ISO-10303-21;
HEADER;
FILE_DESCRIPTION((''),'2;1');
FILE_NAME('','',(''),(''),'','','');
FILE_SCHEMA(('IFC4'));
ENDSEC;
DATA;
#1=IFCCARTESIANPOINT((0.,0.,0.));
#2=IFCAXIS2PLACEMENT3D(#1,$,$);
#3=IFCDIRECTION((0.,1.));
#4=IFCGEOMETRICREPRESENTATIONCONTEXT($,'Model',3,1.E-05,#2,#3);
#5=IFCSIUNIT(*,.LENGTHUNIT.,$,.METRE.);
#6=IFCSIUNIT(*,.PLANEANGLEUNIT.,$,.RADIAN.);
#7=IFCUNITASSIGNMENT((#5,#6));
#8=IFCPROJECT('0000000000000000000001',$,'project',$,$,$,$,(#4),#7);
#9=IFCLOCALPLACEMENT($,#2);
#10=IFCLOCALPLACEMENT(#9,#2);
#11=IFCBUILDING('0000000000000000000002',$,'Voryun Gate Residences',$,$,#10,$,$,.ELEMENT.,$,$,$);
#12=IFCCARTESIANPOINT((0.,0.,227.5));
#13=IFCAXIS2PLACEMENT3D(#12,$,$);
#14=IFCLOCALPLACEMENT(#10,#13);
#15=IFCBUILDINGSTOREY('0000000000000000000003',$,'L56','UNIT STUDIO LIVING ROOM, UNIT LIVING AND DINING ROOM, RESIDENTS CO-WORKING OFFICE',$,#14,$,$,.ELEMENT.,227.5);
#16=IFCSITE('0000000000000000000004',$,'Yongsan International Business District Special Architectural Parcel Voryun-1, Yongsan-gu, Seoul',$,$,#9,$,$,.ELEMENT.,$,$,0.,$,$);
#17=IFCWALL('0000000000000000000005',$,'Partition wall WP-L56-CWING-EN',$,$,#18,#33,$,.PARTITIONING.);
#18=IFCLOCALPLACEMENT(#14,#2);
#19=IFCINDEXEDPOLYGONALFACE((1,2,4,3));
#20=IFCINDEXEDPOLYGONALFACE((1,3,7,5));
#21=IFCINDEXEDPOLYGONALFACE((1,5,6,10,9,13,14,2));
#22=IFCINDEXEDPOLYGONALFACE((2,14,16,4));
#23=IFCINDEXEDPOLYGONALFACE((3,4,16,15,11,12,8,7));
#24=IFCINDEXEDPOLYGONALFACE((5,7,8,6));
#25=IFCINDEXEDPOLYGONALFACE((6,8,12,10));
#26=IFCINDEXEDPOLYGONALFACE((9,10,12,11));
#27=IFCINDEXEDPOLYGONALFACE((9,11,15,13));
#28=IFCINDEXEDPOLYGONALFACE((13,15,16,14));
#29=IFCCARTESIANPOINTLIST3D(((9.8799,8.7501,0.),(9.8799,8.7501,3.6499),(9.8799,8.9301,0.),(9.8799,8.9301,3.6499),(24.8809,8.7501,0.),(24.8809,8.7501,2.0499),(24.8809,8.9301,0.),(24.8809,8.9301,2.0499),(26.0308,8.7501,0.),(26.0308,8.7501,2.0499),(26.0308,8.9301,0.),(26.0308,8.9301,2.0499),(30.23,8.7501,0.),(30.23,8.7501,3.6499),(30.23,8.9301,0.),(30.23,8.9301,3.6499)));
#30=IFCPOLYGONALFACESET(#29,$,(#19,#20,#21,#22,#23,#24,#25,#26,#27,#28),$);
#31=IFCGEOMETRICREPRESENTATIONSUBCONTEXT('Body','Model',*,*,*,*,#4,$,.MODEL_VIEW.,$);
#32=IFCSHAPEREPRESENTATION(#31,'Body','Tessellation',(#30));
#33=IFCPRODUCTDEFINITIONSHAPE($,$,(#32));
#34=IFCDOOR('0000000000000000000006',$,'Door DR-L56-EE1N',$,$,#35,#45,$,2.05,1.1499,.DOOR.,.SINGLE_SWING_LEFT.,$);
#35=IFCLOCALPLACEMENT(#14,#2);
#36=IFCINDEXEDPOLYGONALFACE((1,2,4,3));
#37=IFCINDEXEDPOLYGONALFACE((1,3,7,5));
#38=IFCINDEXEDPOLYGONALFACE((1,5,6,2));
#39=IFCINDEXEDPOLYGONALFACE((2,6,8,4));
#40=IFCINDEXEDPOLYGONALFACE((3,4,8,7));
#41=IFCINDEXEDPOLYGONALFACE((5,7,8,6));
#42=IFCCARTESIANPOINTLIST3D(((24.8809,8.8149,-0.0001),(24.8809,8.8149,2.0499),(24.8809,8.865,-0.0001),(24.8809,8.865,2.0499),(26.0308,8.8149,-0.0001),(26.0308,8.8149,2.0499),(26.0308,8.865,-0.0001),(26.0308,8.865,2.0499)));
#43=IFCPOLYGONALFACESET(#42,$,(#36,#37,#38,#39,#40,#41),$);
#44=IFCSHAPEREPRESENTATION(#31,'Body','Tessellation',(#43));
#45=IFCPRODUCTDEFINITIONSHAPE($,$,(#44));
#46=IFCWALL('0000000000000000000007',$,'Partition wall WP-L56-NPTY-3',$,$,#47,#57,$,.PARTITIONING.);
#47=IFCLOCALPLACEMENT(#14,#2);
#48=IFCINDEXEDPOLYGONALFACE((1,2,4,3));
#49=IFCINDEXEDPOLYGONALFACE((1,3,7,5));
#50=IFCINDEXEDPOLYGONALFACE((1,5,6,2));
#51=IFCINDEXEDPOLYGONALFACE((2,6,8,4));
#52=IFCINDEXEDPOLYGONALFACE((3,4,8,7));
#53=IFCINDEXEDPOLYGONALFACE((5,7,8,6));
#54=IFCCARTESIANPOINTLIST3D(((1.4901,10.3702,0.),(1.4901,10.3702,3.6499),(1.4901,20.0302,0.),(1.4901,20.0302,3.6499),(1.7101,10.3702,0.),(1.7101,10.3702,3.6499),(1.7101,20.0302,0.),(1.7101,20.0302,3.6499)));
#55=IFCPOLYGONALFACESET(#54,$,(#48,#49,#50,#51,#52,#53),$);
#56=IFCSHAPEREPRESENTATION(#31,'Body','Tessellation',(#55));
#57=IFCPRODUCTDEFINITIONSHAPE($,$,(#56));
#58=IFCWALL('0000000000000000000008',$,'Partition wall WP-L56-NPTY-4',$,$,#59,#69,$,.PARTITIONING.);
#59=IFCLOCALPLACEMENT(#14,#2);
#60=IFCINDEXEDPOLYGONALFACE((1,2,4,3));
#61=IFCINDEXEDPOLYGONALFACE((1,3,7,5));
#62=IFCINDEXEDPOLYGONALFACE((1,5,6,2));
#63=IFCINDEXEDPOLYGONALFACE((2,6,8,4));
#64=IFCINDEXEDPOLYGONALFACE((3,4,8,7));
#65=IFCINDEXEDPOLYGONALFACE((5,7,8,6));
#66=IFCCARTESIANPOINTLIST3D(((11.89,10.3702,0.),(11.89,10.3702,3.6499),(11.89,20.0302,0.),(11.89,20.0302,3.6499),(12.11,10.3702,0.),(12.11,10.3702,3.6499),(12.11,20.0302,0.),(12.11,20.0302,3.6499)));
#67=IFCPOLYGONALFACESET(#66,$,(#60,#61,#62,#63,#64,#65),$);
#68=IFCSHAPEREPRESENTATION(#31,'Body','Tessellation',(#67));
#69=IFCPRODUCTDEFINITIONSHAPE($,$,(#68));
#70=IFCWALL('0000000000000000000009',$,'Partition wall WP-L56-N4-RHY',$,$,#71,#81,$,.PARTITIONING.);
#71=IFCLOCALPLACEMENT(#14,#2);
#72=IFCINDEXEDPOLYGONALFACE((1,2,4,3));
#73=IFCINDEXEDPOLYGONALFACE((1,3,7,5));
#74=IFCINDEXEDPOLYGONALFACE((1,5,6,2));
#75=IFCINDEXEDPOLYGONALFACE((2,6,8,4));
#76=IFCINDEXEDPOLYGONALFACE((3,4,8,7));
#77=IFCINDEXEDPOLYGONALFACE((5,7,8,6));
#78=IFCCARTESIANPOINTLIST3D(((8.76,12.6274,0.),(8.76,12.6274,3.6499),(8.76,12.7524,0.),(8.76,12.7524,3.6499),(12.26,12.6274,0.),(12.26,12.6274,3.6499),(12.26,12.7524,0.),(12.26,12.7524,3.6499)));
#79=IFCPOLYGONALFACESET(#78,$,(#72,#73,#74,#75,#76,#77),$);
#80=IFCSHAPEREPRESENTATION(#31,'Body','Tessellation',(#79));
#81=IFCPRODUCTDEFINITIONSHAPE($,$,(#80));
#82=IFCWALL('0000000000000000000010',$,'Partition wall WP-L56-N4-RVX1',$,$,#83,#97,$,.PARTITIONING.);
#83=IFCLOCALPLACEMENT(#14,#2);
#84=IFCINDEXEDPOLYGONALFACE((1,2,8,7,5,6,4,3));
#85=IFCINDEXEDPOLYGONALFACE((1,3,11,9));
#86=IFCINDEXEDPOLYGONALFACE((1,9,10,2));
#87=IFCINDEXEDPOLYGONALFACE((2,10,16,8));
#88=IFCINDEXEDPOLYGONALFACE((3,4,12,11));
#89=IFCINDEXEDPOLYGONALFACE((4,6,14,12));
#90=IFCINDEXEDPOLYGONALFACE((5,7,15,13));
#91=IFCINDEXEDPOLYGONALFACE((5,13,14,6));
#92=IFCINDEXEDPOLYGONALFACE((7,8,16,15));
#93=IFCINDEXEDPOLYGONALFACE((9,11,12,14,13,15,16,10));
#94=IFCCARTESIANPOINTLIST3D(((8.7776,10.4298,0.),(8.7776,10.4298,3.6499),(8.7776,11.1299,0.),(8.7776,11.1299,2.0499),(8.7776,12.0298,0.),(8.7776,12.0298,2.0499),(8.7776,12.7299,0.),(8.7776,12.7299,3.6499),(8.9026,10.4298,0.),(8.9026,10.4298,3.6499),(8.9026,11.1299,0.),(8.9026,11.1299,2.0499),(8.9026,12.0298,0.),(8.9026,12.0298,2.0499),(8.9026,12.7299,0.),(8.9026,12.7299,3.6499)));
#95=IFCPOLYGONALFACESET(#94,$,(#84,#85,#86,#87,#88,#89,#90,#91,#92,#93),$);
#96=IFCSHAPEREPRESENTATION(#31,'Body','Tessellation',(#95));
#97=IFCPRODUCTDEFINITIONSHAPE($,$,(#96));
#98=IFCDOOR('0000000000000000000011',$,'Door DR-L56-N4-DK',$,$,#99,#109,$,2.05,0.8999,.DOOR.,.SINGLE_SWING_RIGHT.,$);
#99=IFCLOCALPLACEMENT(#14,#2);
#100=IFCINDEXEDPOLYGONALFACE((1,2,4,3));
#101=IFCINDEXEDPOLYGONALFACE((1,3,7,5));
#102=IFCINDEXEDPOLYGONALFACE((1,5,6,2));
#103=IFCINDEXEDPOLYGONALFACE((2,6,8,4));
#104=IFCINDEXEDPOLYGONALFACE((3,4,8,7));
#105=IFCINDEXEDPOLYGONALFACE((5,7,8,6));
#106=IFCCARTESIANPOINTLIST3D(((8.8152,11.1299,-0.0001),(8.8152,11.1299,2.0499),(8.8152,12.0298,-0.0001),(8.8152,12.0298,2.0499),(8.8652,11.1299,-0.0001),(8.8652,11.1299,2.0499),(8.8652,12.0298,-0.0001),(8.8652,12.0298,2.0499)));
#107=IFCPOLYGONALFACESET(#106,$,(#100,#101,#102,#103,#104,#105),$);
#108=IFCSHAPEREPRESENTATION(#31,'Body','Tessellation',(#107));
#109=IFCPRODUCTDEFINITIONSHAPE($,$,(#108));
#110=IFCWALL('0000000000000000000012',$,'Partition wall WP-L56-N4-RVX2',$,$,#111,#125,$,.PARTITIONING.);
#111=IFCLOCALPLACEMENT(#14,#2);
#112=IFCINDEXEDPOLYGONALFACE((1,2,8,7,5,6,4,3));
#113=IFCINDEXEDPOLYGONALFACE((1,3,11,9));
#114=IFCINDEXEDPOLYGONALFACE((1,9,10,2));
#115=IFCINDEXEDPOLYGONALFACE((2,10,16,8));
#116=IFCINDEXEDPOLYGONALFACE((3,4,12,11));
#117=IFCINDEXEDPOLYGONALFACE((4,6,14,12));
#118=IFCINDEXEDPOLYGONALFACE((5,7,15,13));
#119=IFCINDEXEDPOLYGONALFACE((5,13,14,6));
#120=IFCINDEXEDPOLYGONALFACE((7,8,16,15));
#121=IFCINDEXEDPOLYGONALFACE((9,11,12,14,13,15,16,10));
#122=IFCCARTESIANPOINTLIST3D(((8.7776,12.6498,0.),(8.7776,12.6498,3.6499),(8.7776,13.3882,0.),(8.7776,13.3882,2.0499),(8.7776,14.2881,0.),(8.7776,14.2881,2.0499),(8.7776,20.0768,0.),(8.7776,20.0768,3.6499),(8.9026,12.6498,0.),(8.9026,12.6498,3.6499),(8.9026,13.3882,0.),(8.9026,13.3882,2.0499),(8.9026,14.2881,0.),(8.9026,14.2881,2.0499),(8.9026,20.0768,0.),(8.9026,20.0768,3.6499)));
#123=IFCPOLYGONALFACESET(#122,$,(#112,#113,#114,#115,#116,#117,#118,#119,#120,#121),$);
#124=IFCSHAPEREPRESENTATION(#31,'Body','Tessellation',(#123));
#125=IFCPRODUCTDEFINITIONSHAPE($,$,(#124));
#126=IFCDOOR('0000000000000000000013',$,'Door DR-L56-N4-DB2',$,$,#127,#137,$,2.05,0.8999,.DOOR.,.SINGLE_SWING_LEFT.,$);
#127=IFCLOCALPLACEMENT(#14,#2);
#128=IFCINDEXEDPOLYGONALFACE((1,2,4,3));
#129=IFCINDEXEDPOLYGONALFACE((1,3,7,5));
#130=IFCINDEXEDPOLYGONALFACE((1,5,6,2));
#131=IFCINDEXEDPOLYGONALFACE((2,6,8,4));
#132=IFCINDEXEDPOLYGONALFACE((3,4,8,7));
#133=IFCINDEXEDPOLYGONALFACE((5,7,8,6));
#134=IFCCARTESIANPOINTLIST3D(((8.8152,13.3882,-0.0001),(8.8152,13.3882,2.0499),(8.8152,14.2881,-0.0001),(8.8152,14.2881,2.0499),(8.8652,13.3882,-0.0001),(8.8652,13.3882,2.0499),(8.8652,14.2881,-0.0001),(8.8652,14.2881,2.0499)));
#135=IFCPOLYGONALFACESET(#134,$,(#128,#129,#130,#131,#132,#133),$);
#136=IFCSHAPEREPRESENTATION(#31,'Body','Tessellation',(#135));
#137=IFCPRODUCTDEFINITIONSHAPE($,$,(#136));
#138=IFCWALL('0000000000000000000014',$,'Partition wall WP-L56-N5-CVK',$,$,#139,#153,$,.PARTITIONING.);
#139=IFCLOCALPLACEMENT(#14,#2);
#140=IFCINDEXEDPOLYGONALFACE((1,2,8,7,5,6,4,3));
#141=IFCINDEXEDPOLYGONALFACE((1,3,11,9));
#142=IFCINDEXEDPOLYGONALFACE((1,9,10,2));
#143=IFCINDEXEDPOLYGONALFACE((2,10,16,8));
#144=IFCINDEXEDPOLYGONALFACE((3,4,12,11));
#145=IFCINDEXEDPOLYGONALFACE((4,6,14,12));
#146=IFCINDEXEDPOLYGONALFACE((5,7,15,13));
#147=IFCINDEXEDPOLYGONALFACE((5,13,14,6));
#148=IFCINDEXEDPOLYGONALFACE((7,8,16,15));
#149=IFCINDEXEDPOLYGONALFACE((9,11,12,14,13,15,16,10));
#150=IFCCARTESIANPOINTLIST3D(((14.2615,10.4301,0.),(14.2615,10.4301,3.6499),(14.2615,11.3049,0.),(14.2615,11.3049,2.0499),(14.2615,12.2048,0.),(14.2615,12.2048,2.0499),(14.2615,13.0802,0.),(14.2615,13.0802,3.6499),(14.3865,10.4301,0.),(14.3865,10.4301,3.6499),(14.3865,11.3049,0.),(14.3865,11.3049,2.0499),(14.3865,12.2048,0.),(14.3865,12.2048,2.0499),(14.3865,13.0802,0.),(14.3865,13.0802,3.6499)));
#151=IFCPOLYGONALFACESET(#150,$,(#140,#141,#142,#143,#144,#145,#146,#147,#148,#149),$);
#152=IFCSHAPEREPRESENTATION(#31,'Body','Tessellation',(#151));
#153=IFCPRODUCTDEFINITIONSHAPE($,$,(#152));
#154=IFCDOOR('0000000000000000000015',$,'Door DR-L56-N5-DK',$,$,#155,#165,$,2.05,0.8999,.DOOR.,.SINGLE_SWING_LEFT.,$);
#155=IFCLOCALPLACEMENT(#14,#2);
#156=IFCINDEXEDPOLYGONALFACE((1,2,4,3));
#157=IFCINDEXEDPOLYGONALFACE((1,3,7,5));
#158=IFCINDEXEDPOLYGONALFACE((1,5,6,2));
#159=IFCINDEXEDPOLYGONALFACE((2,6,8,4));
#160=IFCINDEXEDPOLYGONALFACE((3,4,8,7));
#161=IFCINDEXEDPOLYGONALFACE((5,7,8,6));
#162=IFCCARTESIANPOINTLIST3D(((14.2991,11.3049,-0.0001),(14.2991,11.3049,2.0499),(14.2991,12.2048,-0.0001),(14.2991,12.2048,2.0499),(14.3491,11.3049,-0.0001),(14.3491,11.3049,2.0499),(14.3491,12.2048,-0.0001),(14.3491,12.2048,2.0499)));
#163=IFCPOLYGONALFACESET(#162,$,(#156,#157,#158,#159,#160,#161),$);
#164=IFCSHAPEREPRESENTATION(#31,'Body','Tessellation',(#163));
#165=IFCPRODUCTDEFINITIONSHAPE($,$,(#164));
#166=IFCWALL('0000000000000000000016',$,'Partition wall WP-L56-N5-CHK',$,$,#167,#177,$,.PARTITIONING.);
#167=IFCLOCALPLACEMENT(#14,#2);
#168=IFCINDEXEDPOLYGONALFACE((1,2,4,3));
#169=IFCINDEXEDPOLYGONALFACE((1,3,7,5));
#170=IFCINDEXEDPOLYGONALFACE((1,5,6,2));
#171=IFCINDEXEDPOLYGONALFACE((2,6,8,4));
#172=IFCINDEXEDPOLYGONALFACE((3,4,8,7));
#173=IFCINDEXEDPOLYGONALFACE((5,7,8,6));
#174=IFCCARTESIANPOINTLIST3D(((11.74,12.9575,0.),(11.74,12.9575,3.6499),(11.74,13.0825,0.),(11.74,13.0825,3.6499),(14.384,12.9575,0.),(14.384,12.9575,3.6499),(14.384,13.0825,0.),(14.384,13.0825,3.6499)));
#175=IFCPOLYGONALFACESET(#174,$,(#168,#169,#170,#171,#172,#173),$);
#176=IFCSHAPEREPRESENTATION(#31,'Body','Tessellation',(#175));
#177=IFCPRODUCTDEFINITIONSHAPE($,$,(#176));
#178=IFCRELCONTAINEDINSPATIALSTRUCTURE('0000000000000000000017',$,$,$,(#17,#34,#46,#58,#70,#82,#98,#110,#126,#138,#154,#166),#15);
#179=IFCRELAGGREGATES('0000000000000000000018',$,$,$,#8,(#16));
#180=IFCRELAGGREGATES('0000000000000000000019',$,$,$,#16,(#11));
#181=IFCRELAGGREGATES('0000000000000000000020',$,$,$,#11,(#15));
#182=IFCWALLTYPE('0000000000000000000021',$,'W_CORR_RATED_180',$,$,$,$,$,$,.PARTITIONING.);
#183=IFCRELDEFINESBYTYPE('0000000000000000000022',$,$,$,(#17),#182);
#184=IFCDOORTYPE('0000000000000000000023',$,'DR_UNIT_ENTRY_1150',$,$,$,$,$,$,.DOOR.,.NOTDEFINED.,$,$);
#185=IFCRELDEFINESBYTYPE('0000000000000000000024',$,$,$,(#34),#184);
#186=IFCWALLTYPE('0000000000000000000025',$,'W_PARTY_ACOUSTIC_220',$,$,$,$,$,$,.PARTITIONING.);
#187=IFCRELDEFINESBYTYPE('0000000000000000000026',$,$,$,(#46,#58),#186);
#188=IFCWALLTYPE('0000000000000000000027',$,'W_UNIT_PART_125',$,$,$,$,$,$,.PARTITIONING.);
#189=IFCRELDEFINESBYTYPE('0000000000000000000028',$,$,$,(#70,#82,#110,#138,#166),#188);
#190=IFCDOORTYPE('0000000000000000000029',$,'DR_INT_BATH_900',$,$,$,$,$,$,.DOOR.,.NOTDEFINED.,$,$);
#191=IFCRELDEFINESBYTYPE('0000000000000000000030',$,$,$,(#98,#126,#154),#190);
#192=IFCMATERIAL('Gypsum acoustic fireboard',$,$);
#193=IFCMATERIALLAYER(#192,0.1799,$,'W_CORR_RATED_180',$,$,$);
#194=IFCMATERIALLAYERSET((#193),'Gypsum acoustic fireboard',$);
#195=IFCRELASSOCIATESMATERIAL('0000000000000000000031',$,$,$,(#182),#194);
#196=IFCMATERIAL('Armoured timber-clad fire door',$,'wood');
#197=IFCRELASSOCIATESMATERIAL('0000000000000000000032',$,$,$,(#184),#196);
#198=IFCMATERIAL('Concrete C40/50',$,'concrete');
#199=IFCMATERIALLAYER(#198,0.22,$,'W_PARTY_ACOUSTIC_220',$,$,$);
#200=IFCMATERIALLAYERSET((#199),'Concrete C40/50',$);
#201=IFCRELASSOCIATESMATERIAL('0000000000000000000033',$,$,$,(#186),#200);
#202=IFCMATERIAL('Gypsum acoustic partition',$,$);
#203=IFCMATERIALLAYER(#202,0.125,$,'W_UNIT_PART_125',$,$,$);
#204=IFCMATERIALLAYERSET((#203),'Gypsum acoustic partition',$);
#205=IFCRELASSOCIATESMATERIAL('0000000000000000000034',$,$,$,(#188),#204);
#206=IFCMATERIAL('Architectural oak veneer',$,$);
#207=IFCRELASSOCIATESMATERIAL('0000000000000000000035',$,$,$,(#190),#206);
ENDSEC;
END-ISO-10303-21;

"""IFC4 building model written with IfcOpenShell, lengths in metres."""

from ifc_helpers import new_model, si_unit, direction, frame, frame_2d, origin, place, context, subcontext, project, spatial, rectangle, extrude, material, layer, layer_set, type_object, element, fill, save


model = new_model("IFC4")

# Units and contexts
model_context = context("Model", 3, precision=1e-05, world=origin(), true_north=direction((0.0, 1.0)))
body_context = subcontext(model_context, "Body", "Model", "MODEL_VIEW")
ifc_project = project(units=[si_unit("LENGTHUNIT", "METRE"), si_unit("PLANEANGLEUNIT", "RADIAN")], contexts=[model_context])

# Site, building, storey
site_placement = place(None, origin())
site = spatial("IfcSite", under=ifc_project, at=site_placement, Name="Yongsan International Business District Special Architectural Parcel Voryun-1, Yongsan-gu, Seoul", CompositionType="ELEMENT", RefElevation=0.0)
building_placement = place(site_placement, origin())
building = spatial("IfcBuilding", under=site, at=building_placement, Name="Voryun Gate Residences", CompositionType="ELEMENT")
storey_placement = place(building_placement, frame((0.0, 0.0, 227.5)))
storey = spatial("IfcBuildingStorey", under=building, at=storey_placement, Name="L56", Description="UNIT STUDIO LIVING ROOM, UNIT LIVING AND DINING ROOM, RESIDENTS CO-WORKING OFFICE", CompositionType="ELEMENT", Elevation=227.5)

# Wall, opening, door
ifc_material_1 = material(Name="Gypsum acoustic fireboard")
ifc_layer_1 = layer(ifc_material_1, 0.1799, Name="W_CORR_RATED_180")
ifc_layer_set_1 = layer_set([ifc_layer_1], Name="Gypsum acoustic fireboard")
wall_type_1 = type_object("IfcWallType", Name="W_CORR_RATED_180", PredefinedType="PARTITIONING", material=ifc_layer_set_1)
wall_1_placement = place(storey_placement, frame((9.8799, 8.8401, 0.0), z_axis=(0.0, 0.0, 1.0), x_axis=(1.0, 0.0, 0.0)))
wall_1 = element("IfcWall", 1, at=wall_1_placement, inside=storey, type_object=wall_type_1, Name="Partition wall WP-L56-CWING-EN", PredefinedType="PARTITIONING", context=body_context, shape_type="SweptSolid", body=[
    extrude(rectangle(XDim=20.3501, YDim=0.1799, at=frame_2d((10.175, 0.0))), origin(), (0.0, 0.0, 1.0), 3.6499),
])
opening_1_placement = place(wall_1_placement, frame((15.001, 0.0, 0.0)))
opening_1 = element("IfcOpeningElement", 2, at=opening_1_placement, cuts=wall_1, PredefinedType="OPENING", context=body_context, shape_type="SweptSolid", body=[
    extrude(rectangle(XDim=1.1499, YDim=2.05, at=frame_2d((0.575, 1.0249))), frame((0.0, 0.0999, 0.0), z_axis=(0.0, -1.0, 0.0), x_axis=(1.0, 0.0, 0.0)), (0.0, 0.0, 1.0), 0.2),
])
ifc_material_2 = material(Name="Armoured timber-clad fire door", Category="wood")
door_type_1 = type_object("IfcDoorType", Name="DR_UNIT_ENTRY_1150", OperationType="NOTDEFINED", PredefinedType="DOOR", material=ifc_material_2)
door_1_placement = place(opening_1_placement, origin())
door_1 = element("IfcDoor", 3, at=door_1_placement, inside=storey, type_object=door_type_1, Name="Door DR-L56-EE1N", OperationType="SINGLE_SWING_LEFT", OverallHeight=2.05, OverallWidth=1.1499, PredefinedType="DOOR", context=body_context, shape_type="SweptSolid", body=[
    extrude(rectangle(XDim=1.1499, YDim=2.05, at=frame_2d((0.575, 1.0249))), frame((0.0, 0.0249, 0.0), z_axis=(0.0, -1.0, 0.0), x_axis=(1.0, 0.0, 0.0)), (0.0, 0.0, 1.0), 0.05),
])
fill(opening_1, door_1)

# Walls
ifc_material_3 = material(Name="Concrete C40/50", Category="concrete")
ifc_layer_2 = layer(ifc_material_3, 0.22, Name="W_PARTY_ACOUSTIC_220")
ifc_layer_set_2 = layer_set([ifc_layer_2], Name="Concrete C40/50")
wall_type_2 = type_object("IfcWallType", Name="W_PARTY_ACOUSTIC_220", PredefinedType="PARTITIONING", material=ifc_layer_set_2)
for number, where, z_axis, x_axis, name in (
    (4, (1.6001, 10.3701, 0.0), (0.0, 0.0, 1.0), (0.0, 1.0, 0.0), "Partition wall WP-L56-NPTY-3"),
    (5, (12.0, 10.3701, 0.0), (0.0, 0.0, 1.0), (0.0, 1.0, 0.0), "Partition wall WP-L56-NPTY-4"),
):
    element("IfcWall", number, at=place(storey_placement, frame(where, z_axis=z_axis, x_axis=x_axis)), inside=storey, type_object=wall_type_2, Name=name, PredefinedType="PARTITIONING", context=body_context, shape_type="SweptSolid", body=[
        extrude(rectangle(XDim=9.6599, YDim=0.22, at=frame_2d((4.8301, 0.0))), origin(), (0.0, 0.0, 1.0), 3.6499),
    ])
ifc_material_4 = material(Name="Gypsum acoustic partition")
ifc_layer_3 = layer(ifc_material_4, 0.125, Name="W_UNIT_PART_125")
ifc_layer_set_3 = layer_set([ifc_layer_3], Name="Gypsum acoustic partition")
wall_type_3 = type_object("IfcWallType", Name="W_UNIT_PART_125", PredefinedType="PARTITIONING", material=ifc_layer_set_3)
wall_2_placement = place(storey_placement, frame((8.76, 12.6899, 0.0), z_axis=(0.0, 0.0, 1.0), x_axis=(1.0, 0.0, 0.0)))
element("IfcWall", 6, at=wall_2_placement, inside=storey, type_object=wall_type_3, Name="Partition wall WP-L56-N4-RHY", PredefinedType="PARTITIONING", context=body_context, shape_type="SweptSolid", body=[
    extrude(rectangle(XDim=3.5, YDim=0.125, at=frame_2d((1.75, 0.0))), origin(), (0.0, 0.0, 1.0), 3.6499),
])

# Walls, openings, doors
wall_3_placement = place(storey_placement, frame((8.8401, 10.4299, 0.0), z_axis=(0.0, 0.0, 1.0), x_axis=(0.0, 1.0, 0.0)))
wall_3 = element("IfcWall", 7, at=wall_3_placement, inside=storey, type_object=wall_type_3, Name="Partition wall WP-L56-N4-RVX1", PredefinedType="PARTITIONING", context=body_context, shape_type="SweptSolid", body=[
    extrude(rectangle(XDim=2.3, YDim=0.125, at=frame_2d((1.1499, 0.0))), origin(), (0.0, 0.0, 1.0), 3.6499),
])
opening_2_placement = place(wall_3_placement, frame((0.7, 0.0, 0.0)))
opening_2 = element("IfcOpeningElement", 8, at=opening_2_placement, cuts=wall_3, PredefinedType="OPENING", context=body_context, shape_type="SweptSolid", body=[
    extrude(rectangle(XDim=0.8999, YDim=2.05, at=frame_2d((0.45, 1.0249))), frame((0.0, 0.0725, 0.0), z_axis=(0.0, -1.0, 0.0), x_axis=(1.0, 0.0, 0.0)), (0.0, 0.0, 1.0), 0.145),
])
ifc_material_5 = material(Name="Architectural oak veneer")
door_type_2 = type_object("IfcDoorType", Name="DR_INT_BATH_900", OperationType="NOTDEFINED", PredefinedType="DOOR", material=ifc_material_5)
door_2_placement = place(opening_2_placement, origin())
door_2 = element("IfcDoor", 9, at=door_2_placement, inside=storey, type_object=door_type_2, Name="Door DR-L56-N4-DK", OperationType="SINGLE_SWING_RIGHT", OverallHeight=2.05, OverallWidth=0.8999, PredefinedType="DOOR", context=body_context, shape_type="SweptSolid", body=[
    extrude(rectangle(XDim=0.8999, YDim=2.05, at=frame_2d((0.45, 1.0249))), frame((0.0, 0.0249, 0.0), z_axis=(0.0, -1.0, 0.0), x_axis=(1.0, 0.0, 0.0)), (0.0, 0.0, 1.0), 0.05),
])
fill(opening_2, door_2)
wall_4_placement = place(storey_placement, frame((8.8401, 12.6499, 0.0), z_axis=(0.0, 0.0, 1.0), x_axis=(0.0, 1.0, 0.0)))
wall_4 = element("IfcWall", 10, at=wall_4_placement, inside=storey, type_object=wall_type_3, Name="Partition wall WP-L56-N4-RVX2", PredefinedType="PARTITIONING", context=body_context, shape_type="SweptSolid", body=[
    extrude(rectangle(XDim=7.427, YDim=0.125, at=frame_2d((3.7134, 0.0))), origin(), (0.0, 0.0, 1.0), 3.6499),
])
opening_3_placement = place(wall_4_placement, frame((0.7383, 0.0, 0.0)))
opening_3 = element("IfcOpeningElement", 11, at=opening_3_placement, cuts=wall_4, PredefinedType="OPENING", context=body_context, shape_type="SweptSolid", body=[
    extrude(rectangle(XDim=0.8999, YDim=2.05, at=frame_2d((0.45, 1.0249))), frame((0.0, 0.0725, 0.0), z_axis=(0.0, -1.0, 0.0), x_axis=(1.0, 0.0, 0.0)), (0.0, 0.0, 1.0), 0.145),
])
door_3_placement = place(opening_3_placement, origin())
door_3 = element("IfcDoor", 12, at=door_3_placement, inside=storey, type_object=door_type_2, Name="Door DR-L56-N4-DB2", OperationType="SINGLE_SWING_LEFT", OverallHeight=2.05, OverallWidth=0.8999, PredefinedType="DOOR", context=body_context, shape_type="SweptSolid", body=[
    extrude(rectangle(XDim=0.8999, YDim=2.05, at=frame_2d((0.45, 1.0249))), frame((0.0, 0.0249, 0.0), z_axis=(0.0, -1.0, 0.0), x_axis=(1.0, 0.0, 0.0)), (0.0, 0.0, 1.0), 0.05),
])
fill(opening_3, door_3)
wall_5_placement = place(storey_placement, frame((14.324, 10.4299, 0.0), z_axis=(0.0, 0.0, 1.0), x_axis=(0.0, 1.0, 0.0)))
wall_5 = element("IfcWall", 13, at=wall_5_placement, inside=storey, type_object=wall_type_3, Name="Partition wall WP-L56-N5-CVK", PredefinedType="PARTITIONING", context=body_context, shape_type="SweptSolid", body=[
    extrude(rectangle(XDim=2.6501, YDim=0.125, at=frame_2d((1.3252, 0.0))), origin(), (0.0, 0.0, 1.0), 3.6499),
])
opening_4_placement = place(wall_5_placement, frame((0.875, 0.0, 0.0)))
opening_4 = element("IfcOpeningElement", 14, at=opening_4_placement, cuts=wall_5, PredefinedType="OPENING", context=body_context, shape_type="SweptSolid", body=[
    extrude(rectangle(XDim=0.8999, YDim=2.05, at=frame_2d((0.45, 1.0249))), frame((0.0, 0.0725, 0.0), z_axis=(0.0, -1.0, 0.0), x_axis=(1.0, 0.0, 0.0)), (0.0, 0.0, 1.0), 0.145),
])
door_4_placement = place(opening_4_placement, origin())
door_4 = element("IfcDoor", 15, at=door_4_placement, inside=storey, type_object=door_type_2, Name="Door DR-L56-N5-DK", OperationType="SINGLE_SWING_LEFT", OverallHeight=2.05, OverallWidth=0.8999, PredefinedType="DOOR", context=body_context, shape_type="SweptSolid", body=[
    extrude(rectangle(XDim=0.8999, YDim=2.05, at=frame_2d((0.45, 1.0249))), frame((0.0, 0.0249, 0.0), z_axis=(0.0, -1.0, 0.0), x_axis=(1.0, 0.0, 0.0)), (0.0, 0.0, 1.0), 0.05),
])
fill(opening_4, door_4)

# Wall
wall_6_placement = place(storey_placement, frame((11.74, 13.02, 0.0), z_axis=(0.0, 0.0, 1.0), x_axis=(1.0, 0.0, 0.0)))
element("IfcWall", 16, at=wall_6_placement, inside=storey, type_object=wall_type_3, Name="Partition wall WP-L56-N5-CHK", PredefinedType="PARTITIONING", context=body_context, shape_type="SweptSolid", body=[
    extrude(rectangle(XDim=2.644, YDim=0.125, at=frame_2d((1.322, 0.0))), origin(), (0.0, 0.0, 1.0), 3.6499),
])

save(model, "model.ifc")
